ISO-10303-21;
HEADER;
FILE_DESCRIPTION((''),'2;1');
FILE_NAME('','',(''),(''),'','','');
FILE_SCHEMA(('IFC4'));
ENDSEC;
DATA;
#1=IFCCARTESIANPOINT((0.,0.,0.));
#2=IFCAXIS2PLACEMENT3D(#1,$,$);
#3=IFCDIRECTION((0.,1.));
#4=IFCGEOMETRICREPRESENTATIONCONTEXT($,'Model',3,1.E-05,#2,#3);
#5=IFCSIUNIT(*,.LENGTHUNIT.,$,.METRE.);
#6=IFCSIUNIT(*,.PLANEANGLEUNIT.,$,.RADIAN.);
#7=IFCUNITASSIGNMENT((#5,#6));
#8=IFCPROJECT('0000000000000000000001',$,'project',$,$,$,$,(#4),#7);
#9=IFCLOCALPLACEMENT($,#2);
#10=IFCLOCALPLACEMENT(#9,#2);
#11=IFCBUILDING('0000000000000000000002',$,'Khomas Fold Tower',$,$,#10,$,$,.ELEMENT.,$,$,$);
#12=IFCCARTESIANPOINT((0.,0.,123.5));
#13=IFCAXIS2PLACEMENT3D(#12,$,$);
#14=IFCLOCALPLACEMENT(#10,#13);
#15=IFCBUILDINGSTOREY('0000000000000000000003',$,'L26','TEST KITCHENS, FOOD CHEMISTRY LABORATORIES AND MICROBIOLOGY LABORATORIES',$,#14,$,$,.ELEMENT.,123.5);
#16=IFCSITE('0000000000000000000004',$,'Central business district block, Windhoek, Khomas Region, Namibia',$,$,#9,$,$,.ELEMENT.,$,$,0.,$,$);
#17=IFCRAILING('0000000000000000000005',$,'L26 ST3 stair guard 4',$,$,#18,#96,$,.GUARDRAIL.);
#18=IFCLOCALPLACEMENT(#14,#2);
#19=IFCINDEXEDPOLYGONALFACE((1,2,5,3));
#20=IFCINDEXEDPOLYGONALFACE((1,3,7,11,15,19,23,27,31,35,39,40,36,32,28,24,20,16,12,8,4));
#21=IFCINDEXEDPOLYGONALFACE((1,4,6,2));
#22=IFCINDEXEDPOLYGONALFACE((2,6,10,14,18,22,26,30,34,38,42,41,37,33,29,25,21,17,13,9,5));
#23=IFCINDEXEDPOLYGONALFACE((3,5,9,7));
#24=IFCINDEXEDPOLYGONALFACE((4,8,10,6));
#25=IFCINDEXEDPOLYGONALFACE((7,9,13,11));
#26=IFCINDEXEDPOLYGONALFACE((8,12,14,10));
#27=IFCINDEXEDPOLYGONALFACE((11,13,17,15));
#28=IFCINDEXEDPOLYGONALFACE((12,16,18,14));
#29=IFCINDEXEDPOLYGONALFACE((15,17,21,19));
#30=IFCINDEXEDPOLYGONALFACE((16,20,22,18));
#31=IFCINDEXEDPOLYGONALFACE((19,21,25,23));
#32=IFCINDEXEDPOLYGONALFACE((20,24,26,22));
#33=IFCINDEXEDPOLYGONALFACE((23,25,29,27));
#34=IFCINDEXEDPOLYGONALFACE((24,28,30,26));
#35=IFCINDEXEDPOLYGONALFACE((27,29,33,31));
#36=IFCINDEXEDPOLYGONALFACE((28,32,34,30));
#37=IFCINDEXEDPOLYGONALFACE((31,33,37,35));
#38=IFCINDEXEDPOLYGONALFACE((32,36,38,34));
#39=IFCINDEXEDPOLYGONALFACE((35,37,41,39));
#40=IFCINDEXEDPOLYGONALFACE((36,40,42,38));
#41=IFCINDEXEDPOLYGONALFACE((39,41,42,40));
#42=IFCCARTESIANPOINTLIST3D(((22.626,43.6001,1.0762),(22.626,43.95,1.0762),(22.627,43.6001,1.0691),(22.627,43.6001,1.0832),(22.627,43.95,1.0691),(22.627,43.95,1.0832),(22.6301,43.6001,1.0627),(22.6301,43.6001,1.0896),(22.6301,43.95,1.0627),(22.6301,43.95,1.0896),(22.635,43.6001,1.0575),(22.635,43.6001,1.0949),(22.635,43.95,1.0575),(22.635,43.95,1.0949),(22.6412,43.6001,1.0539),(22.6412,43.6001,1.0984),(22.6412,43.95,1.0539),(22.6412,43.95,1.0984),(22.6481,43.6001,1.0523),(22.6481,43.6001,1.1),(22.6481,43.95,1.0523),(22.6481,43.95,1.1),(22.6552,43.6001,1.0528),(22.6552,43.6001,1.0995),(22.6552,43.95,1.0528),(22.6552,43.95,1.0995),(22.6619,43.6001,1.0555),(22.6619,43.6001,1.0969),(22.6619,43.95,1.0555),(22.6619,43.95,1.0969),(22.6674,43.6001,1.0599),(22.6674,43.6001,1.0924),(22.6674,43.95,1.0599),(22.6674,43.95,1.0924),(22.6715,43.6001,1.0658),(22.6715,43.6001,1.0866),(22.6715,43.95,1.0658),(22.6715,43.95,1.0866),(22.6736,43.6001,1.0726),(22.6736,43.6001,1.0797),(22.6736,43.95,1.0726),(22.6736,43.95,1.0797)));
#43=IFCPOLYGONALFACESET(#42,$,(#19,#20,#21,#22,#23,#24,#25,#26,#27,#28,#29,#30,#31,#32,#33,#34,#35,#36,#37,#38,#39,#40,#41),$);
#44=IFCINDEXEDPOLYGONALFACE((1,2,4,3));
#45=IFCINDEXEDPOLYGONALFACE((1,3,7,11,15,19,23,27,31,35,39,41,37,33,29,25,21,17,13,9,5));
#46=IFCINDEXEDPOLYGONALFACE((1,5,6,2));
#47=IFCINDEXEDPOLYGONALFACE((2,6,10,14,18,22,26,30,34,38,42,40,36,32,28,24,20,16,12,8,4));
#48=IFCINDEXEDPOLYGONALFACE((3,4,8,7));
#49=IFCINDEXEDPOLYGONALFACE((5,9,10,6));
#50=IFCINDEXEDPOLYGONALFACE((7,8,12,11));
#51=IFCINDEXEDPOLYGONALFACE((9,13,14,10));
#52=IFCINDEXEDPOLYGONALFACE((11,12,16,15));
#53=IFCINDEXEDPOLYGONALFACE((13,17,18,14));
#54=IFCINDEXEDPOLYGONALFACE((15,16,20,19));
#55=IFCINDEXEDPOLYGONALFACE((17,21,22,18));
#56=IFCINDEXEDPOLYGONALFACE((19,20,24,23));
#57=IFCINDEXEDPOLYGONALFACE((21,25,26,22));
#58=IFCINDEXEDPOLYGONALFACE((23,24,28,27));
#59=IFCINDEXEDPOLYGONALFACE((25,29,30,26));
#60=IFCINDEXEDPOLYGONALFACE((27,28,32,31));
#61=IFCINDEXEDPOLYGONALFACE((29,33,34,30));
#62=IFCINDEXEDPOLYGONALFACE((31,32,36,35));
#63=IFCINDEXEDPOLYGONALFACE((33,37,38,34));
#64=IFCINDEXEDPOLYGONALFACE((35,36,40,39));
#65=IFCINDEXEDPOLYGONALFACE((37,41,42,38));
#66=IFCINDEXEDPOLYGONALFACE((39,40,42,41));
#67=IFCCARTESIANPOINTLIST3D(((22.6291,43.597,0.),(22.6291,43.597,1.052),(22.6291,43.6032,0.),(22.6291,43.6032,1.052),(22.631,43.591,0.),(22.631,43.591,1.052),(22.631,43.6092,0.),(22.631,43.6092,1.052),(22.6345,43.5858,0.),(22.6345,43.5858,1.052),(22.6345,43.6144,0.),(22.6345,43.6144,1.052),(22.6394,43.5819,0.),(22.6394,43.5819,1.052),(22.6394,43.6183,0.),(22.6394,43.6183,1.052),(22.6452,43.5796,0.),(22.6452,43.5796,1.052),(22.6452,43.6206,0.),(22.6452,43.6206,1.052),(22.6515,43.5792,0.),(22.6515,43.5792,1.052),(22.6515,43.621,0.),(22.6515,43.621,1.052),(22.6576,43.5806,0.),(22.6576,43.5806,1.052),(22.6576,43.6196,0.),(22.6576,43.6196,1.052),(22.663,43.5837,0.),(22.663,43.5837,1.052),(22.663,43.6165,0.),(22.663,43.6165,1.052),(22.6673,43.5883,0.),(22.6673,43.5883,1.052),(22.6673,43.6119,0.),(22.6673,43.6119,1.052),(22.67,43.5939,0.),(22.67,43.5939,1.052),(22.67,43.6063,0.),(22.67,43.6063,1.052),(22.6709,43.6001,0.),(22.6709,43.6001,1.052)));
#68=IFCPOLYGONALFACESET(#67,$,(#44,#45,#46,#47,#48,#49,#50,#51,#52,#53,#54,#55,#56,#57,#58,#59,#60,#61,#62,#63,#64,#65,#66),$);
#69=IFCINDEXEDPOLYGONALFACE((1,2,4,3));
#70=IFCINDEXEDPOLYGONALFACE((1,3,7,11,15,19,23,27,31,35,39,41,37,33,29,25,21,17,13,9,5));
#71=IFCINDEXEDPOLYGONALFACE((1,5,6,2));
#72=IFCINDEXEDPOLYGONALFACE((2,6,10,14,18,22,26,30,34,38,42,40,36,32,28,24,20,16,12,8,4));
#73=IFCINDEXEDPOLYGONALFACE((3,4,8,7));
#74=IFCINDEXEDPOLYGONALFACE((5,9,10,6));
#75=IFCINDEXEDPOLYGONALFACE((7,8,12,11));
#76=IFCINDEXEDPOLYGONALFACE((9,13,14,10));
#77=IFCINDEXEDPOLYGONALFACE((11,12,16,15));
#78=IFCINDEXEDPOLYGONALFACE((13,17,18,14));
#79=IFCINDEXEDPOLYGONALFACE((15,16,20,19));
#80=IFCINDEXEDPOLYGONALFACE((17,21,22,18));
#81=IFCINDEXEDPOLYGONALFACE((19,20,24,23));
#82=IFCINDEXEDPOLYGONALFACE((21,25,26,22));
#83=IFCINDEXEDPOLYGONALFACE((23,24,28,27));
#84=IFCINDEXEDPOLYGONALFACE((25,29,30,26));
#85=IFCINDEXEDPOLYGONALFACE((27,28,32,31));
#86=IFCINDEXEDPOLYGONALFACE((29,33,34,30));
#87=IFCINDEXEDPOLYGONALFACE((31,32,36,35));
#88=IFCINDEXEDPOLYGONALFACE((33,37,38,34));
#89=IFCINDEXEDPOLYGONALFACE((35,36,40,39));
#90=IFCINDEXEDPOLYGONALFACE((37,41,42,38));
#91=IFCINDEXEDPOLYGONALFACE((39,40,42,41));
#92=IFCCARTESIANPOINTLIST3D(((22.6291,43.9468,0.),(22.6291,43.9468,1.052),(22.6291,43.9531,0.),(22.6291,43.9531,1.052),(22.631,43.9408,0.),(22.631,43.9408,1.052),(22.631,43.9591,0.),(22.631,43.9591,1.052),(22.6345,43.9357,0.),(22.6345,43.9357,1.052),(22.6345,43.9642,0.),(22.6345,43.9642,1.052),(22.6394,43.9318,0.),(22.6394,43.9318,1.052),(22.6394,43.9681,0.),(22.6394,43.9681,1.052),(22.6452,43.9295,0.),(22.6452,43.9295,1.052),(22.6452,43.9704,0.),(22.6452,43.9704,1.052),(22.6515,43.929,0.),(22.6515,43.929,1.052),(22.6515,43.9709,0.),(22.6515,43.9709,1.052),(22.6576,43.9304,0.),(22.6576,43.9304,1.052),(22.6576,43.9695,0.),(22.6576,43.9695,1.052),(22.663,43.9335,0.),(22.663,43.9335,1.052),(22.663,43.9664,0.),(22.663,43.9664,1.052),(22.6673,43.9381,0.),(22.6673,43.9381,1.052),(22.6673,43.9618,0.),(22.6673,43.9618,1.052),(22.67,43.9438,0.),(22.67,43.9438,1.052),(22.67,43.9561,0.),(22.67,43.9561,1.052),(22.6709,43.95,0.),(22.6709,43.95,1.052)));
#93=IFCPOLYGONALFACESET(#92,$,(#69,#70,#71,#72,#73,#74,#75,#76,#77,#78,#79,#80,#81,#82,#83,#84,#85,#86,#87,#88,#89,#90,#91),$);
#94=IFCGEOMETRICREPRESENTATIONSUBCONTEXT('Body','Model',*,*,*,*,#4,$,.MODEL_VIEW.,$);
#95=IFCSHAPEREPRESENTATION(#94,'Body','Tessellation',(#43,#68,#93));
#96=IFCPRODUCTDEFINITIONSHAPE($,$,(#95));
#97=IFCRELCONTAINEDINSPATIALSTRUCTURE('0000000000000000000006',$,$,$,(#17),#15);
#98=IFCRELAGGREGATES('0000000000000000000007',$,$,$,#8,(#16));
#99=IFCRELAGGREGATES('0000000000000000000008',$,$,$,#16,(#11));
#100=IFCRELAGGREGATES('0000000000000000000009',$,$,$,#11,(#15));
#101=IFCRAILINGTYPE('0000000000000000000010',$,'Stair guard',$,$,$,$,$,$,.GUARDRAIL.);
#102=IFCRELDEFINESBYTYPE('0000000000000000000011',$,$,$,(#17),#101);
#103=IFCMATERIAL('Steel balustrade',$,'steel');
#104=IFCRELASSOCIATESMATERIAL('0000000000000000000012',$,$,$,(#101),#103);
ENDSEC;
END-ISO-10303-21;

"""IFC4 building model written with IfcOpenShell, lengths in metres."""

from ifc_helpers import new_model, si_unit, direction, frame, origin, origin_2d, place, context, subcontext, project, spatial, circle, extrude, source, transform, mapped, material, type_object, element, save


model = new_model("IFC4")

# Units and contexts
model_context = context("Model", 3, precision=1e-05, world=origin(), true_north=direction((0.0, 1.0)))
body_context = subcontext(model_context, "Body", "Model", "MODEL_VIEW")
ifc_project = project(units=[si_unit("LENGTHUNIT", "METRE"), si_unit("PLANEANGLEUNIT", "RADIAN")], contexts=[model_context])

# Site, building, storey
site_placement = place(None, origin())
site = spatial("IfcSite", under=ifc_project, at=site_placement, Name="Central business district block, Windhoek, Khomas Region, Namibia", CompositionType="ELEMENT", RefElevation=0.0)
building_placement = place(site_placement, origin())
building = spatial("IfcBuilding", under=site, at=building_placement, Name="Khomas Fold Tower", CompositionType="ELEMENT")
storey_placement = place(building_placement, frame((0.0, 0.0, 123.5)))
storey = spatial("IfcBuildingStorey", under=building, at=storey_placement, Name="L26", Description="TEST KITCHENS, FOOD CHEMISTRY LABORATORIES AND MICROBIOLOGY LABORATORIES", CompositionType="ELEMENT", Elevation=123.5)

# Railing
ifc_material_1 = material(Name="Steel balustrade", Category="steel")
railing_type_1 = type_object("IfcRailingType", Name="Stair guard", PredefinedType="GUARDRAIL", material=ifc_material_1)
shared_shape_1 = source(origin(), body_context, "Body", "SweptSolid", [
    extrude(circle(Radius=0.0239, at=origin_2d()), frame((0.0, 0.0, 1.0762), z_axis=(0.0, 1.0, 0.0), x_axis=(-1.0, 0.0, 0.0)), (0.0, 0.0, 1.0), 0.3499),
    extrude(circle(Radius=0.021, at=origin_2d()), origin(), (0.0, 0.0, 1.0), 1.052),
    extrude(circle(Radius=0.021, at=origin_2d()), frame((0.0, 0.3499, 0.0)), (0.0, 0.0, 1.0), 1.052),
])
for number, where, name in (
    (1, (22.6499, 43.6001, 0.0), "L26 ST3 stair guard 4"),
):
    element("IfcRailing", number, at=place(storey_placement, frame(where)), inside=storey, type_object=railing_type_1, Name=name, PredefinedType="GUARDRAIL", context=body_context, shape_type="MappedRepresentation", body=[
        mapped(shared_shape_1, transform((0.0, 0.0, 0.0))),
    ])

save(model, "model.ifc")
